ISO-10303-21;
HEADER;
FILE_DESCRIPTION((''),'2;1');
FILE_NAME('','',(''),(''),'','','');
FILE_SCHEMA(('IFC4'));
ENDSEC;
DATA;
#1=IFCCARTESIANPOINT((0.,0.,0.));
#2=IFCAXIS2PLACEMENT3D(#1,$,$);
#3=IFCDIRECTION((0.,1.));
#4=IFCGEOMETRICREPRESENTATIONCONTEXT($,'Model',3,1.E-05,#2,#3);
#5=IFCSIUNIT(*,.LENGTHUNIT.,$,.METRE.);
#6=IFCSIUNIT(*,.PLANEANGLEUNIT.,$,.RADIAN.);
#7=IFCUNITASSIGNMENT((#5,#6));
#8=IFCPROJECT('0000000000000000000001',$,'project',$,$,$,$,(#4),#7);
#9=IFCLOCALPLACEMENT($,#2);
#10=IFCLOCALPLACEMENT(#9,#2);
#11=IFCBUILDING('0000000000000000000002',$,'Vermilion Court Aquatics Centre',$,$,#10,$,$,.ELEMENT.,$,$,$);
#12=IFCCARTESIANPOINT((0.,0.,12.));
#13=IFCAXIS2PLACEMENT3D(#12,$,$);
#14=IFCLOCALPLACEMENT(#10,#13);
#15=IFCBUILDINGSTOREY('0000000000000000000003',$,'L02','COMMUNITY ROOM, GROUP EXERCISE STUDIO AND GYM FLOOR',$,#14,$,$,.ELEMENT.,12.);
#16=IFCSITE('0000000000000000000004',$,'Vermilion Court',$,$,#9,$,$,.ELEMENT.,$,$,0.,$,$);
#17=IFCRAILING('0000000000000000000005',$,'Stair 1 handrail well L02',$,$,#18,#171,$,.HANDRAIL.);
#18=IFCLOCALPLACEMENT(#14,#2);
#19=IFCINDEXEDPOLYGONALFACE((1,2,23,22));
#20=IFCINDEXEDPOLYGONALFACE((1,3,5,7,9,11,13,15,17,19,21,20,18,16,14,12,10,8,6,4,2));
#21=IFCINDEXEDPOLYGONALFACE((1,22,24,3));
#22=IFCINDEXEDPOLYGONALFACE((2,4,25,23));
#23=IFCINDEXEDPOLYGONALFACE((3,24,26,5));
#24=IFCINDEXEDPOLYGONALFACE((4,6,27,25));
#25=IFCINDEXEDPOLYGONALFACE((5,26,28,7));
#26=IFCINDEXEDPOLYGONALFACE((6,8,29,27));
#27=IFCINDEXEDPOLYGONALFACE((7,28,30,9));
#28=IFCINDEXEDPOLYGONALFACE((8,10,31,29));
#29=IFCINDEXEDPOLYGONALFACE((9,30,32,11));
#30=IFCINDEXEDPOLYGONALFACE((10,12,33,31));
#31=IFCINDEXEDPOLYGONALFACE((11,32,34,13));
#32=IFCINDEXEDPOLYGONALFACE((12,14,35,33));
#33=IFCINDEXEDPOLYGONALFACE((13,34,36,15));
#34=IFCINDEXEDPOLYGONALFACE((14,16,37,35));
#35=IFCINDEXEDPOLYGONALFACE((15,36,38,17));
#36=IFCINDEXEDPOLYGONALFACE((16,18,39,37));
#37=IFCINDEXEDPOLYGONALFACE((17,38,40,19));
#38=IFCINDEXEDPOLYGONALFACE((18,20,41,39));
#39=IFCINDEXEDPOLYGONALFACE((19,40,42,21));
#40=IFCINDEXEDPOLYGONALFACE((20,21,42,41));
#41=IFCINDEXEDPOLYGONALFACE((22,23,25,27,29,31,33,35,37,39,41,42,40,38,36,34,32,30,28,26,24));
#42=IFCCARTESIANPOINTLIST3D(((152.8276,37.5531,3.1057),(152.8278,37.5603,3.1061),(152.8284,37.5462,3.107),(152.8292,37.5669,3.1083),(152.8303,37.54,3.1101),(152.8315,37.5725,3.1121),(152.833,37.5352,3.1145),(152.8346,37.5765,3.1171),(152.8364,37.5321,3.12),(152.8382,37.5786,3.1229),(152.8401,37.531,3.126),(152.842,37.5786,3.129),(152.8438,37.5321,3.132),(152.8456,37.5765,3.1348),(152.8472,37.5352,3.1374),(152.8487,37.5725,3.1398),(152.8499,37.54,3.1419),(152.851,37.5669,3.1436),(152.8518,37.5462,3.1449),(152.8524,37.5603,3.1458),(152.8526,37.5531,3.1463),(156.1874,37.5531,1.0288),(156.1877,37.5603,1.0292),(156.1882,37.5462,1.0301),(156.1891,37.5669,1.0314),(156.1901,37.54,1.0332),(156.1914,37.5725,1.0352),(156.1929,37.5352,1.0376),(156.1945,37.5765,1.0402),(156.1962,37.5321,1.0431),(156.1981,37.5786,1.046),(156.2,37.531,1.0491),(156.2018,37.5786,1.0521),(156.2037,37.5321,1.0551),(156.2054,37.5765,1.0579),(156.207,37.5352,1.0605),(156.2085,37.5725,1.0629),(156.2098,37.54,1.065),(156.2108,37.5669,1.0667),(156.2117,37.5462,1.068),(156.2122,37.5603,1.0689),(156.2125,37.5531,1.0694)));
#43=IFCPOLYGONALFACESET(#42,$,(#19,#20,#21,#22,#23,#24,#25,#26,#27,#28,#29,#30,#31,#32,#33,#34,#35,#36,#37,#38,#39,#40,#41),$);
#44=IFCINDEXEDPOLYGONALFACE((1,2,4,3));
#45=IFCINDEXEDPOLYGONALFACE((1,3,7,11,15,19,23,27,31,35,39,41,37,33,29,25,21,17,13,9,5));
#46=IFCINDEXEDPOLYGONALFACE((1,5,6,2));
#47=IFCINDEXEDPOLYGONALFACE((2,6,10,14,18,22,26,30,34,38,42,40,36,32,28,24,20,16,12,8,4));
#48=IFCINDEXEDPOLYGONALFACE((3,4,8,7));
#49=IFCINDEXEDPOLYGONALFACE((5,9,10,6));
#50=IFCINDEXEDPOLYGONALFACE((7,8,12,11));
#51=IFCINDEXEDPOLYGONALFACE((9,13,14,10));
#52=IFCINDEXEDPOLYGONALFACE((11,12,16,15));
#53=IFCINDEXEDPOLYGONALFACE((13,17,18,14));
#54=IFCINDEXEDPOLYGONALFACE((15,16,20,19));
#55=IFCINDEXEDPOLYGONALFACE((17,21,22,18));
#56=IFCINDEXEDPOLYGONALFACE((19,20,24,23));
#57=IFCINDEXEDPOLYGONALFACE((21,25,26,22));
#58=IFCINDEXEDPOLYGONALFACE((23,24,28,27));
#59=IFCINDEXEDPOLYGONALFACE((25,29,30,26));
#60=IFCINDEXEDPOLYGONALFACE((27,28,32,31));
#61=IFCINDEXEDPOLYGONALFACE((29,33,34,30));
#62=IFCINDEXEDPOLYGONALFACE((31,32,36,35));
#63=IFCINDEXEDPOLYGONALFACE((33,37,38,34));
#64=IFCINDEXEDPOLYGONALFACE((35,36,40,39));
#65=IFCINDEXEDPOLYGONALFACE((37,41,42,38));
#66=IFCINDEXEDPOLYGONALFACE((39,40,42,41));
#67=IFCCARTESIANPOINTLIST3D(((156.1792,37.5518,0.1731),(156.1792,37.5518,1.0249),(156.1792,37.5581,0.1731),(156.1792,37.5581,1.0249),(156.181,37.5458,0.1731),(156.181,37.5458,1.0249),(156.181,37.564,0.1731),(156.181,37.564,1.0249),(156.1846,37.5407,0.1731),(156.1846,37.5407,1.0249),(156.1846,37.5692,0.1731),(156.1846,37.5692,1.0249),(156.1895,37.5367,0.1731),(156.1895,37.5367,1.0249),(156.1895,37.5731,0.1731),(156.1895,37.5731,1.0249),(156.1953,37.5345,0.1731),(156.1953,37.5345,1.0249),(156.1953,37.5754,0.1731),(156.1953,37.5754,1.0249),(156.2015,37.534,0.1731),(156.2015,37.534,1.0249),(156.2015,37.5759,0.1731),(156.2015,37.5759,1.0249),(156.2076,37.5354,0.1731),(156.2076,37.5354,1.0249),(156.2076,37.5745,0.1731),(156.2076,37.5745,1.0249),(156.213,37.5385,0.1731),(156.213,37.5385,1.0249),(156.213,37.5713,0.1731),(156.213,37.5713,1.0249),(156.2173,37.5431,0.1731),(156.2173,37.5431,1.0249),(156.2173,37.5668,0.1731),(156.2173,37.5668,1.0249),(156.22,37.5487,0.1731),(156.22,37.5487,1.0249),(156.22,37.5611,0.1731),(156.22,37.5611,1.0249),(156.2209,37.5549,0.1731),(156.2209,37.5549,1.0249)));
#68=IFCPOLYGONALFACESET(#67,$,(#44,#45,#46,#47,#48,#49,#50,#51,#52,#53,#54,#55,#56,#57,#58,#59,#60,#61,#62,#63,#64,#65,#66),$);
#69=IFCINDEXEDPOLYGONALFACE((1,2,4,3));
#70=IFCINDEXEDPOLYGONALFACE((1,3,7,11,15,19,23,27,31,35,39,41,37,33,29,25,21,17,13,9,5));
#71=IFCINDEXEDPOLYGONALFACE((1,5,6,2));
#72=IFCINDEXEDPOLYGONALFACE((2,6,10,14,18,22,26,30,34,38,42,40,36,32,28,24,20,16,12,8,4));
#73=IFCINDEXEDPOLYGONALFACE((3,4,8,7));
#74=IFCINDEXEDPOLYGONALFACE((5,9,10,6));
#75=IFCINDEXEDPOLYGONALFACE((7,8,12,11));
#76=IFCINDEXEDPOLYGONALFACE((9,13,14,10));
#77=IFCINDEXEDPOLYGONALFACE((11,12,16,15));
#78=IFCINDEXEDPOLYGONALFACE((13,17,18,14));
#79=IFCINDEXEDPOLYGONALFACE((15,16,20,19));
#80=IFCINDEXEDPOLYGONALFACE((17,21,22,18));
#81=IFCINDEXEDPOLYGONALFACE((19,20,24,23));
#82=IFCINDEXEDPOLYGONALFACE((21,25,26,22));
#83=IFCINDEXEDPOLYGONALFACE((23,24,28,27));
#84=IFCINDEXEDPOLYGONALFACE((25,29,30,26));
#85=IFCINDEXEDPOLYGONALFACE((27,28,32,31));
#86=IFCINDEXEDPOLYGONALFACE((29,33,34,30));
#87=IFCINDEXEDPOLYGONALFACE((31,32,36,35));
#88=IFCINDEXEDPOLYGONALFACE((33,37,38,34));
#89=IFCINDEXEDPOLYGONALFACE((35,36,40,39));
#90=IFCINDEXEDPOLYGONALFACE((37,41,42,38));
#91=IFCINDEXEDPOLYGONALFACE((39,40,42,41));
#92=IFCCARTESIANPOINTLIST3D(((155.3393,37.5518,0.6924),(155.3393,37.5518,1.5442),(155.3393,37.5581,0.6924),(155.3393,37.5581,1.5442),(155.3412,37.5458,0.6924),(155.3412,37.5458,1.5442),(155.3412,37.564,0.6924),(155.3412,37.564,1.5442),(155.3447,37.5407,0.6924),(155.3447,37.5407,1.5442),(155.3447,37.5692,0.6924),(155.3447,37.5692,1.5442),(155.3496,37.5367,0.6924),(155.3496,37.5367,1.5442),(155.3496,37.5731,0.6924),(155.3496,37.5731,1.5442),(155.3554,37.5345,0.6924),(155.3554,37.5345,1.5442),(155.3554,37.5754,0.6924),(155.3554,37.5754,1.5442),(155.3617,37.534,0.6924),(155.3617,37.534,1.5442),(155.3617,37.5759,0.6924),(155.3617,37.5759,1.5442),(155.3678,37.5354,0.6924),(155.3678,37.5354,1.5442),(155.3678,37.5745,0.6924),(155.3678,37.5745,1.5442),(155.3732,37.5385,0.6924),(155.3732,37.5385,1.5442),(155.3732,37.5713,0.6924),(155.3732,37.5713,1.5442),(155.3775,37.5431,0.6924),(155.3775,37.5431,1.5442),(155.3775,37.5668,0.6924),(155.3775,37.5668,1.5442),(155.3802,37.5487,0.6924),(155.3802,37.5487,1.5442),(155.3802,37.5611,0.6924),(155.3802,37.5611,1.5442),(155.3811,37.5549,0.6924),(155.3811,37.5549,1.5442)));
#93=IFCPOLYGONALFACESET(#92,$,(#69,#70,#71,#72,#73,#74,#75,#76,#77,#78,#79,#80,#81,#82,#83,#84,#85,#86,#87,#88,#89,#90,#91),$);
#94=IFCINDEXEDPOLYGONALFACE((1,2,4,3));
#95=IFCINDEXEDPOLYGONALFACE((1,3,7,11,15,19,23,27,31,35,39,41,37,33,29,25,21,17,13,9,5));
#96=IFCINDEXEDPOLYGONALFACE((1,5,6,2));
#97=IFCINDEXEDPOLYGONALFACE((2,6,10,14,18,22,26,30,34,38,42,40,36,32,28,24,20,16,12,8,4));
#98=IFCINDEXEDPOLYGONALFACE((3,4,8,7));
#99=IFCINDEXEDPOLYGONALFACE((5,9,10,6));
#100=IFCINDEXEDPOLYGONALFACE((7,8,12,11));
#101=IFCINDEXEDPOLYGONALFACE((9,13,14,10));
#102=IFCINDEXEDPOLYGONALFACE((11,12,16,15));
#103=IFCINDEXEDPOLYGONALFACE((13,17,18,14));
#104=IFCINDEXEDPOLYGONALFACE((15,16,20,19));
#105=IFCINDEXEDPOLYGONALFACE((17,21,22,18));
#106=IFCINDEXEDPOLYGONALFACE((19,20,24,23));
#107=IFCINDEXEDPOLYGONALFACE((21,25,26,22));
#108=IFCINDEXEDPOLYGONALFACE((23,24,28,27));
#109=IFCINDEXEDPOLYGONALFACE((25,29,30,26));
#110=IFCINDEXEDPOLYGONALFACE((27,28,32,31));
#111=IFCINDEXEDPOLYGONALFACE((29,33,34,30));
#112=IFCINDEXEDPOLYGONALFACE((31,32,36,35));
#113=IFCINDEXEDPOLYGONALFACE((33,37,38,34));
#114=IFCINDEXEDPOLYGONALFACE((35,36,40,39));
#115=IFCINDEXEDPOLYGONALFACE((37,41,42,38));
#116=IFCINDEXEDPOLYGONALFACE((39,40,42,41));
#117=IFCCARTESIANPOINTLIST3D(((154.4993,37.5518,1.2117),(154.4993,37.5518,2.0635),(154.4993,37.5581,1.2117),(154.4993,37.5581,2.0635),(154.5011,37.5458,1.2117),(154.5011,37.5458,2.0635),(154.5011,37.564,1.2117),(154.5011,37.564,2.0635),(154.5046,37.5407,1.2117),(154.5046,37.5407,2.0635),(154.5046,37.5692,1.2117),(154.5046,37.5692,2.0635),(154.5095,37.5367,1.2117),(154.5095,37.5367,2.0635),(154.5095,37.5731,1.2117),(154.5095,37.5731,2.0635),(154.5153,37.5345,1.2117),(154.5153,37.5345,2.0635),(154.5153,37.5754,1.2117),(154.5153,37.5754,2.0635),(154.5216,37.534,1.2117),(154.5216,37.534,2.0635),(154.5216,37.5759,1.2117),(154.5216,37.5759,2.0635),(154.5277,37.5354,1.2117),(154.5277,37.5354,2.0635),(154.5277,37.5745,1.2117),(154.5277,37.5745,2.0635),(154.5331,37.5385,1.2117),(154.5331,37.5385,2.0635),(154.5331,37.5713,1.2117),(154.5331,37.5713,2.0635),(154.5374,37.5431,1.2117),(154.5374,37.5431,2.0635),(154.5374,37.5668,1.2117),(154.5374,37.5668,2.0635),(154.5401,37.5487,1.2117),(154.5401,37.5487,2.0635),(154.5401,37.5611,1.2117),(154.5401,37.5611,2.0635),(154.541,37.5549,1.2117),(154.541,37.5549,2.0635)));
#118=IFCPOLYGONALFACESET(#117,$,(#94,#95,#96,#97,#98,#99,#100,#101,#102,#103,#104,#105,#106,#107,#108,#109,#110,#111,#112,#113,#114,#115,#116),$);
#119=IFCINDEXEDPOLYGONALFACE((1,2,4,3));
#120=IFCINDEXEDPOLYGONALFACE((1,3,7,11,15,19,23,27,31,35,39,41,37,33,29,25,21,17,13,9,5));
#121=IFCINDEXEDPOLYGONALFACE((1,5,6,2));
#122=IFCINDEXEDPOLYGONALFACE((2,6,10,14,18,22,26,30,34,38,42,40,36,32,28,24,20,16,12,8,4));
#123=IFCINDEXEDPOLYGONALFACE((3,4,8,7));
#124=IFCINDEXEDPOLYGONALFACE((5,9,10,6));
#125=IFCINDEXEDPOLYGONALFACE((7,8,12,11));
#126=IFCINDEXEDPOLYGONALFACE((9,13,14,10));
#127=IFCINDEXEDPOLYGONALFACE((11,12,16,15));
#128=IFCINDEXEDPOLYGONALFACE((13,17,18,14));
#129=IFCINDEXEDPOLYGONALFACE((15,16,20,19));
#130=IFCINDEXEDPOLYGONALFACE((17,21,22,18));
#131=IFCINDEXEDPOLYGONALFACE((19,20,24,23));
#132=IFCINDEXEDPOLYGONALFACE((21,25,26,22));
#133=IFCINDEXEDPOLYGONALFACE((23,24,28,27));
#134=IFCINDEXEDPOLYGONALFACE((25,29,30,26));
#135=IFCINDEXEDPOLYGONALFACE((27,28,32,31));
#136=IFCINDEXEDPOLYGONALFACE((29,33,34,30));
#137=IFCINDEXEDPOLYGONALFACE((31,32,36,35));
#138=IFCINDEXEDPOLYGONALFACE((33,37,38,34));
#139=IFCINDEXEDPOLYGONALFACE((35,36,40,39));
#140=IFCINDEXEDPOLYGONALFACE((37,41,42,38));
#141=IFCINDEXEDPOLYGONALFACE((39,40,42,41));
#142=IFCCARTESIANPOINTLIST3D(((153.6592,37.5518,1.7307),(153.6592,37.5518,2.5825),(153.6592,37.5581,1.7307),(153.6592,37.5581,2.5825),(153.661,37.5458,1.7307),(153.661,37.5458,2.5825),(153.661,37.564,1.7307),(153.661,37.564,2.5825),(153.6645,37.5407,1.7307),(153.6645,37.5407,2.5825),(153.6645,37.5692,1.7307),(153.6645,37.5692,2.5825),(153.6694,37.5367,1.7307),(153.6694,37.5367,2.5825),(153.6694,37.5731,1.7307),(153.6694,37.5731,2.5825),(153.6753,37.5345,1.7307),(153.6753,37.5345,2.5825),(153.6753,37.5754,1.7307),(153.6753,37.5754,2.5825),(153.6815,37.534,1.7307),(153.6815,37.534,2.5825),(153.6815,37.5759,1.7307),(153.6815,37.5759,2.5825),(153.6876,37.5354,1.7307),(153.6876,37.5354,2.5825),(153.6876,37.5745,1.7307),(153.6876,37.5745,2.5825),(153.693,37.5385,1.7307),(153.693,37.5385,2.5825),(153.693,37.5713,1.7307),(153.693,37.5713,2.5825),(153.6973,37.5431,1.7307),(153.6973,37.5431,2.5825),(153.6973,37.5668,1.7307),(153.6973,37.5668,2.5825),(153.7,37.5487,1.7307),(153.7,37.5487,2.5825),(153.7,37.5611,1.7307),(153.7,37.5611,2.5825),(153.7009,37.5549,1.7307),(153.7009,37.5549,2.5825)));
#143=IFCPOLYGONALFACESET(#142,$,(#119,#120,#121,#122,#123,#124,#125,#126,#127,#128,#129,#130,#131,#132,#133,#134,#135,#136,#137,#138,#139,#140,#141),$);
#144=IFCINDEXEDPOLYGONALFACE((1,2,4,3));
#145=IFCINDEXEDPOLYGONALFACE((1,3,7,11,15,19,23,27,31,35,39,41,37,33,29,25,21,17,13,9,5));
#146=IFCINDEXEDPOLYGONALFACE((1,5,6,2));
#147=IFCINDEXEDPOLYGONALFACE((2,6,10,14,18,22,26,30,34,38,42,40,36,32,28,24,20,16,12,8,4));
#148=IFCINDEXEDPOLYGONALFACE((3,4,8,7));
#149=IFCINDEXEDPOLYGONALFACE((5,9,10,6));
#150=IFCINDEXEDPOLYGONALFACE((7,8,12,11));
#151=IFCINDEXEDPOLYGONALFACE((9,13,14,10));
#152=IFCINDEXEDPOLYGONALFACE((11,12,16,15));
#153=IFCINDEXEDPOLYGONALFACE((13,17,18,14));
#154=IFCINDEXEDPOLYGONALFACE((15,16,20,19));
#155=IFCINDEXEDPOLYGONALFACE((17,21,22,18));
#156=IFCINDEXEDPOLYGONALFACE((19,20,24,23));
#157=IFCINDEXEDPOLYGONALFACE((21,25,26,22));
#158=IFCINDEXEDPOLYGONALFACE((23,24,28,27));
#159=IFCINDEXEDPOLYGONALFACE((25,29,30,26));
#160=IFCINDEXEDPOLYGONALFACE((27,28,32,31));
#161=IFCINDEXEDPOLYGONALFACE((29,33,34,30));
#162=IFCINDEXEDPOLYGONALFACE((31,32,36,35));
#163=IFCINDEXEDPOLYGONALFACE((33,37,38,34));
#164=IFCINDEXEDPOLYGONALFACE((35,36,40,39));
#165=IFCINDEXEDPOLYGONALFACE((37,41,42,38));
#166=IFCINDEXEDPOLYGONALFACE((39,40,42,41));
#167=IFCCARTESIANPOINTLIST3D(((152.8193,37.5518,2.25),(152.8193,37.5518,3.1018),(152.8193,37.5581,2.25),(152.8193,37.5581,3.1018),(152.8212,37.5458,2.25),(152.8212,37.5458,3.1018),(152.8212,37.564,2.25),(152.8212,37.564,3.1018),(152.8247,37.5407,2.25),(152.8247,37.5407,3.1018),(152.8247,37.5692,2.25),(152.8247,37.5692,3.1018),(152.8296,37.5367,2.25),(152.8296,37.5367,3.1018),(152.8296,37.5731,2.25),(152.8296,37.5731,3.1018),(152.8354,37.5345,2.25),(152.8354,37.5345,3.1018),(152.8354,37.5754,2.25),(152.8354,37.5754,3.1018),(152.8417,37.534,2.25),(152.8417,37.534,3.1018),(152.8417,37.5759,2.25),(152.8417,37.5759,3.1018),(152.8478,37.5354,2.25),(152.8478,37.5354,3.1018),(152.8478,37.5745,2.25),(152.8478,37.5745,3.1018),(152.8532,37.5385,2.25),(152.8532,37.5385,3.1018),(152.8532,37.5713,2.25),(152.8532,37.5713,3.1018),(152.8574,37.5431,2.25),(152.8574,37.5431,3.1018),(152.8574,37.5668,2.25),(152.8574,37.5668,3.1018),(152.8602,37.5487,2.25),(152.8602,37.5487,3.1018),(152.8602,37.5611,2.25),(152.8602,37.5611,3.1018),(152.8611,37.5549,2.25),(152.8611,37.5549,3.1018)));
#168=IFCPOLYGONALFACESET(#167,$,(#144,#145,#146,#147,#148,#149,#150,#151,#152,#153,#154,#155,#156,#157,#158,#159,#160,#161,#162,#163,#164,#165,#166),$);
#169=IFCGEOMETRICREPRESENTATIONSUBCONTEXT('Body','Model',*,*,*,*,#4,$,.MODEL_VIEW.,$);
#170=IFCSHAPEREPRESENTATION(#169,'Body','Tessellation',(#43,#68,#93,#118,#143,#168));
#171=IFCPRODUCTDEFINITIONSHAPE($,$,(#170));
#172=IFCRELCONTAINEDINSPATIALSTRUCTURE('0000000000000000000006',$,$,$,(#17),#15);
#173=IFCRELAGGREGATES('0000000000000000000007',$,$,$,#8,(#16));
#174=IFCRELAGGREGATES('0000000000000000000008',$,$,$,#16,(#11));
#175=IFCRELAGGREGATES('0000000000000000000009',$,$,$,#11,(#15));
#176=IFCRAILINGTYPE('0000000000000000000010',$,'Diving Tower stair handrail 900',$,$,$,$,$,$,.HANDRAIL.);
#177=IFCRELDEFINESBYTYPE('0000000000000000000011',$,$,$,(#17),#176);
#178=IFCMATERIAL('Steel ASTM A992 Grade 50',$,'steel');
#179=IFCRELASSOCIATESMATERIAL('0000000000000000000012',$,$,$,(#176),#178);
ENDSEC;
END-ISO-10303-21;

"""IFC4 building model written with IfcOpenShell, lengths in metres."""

from ifc_helpers import new_model, si_unit, direction, frame, origin, origin_2d, place, context, subcontext, project, spatial, circle, extrude, material, type_object, element, save


model = new_model("IFC4")

# Units and contexts
model_context = context("Model", 3, precision=1e-05, world=origin(), true_north=direction((0.0, 1.0)))
body_context = subcontext(model_context, "Body", "Model", "MODEL_VIEW")
ifc_project = project(units=[si_unit("LENGTHUNIT", "METRE"), si_unit("PLANEANGLEUNIT", "RADIAN")], contexts=[model_context])

# Site, building, storey
site_placement = place(None, origin())
site = spatial("IfcSite", under=ifc_project, at=site_placement, Name="Vermilion Court", CompositionType="ELEMENT", RefElevation=0.0)
building_placement = place(site_placement, origin())
building = spatial("IfcBuilding", under=site, at=building_placement, Name="Vermilion Court Aquatics Centre", CompositionType="ELEMENT")
storey_placement = place(building_placement, frame((0.0, 0.0, 12.0)))
storey = spatial("IfcBuildingStorey", under=building, at=storey_placement, Name="L02", Description="COMMUNITY ROOM, GROUP EXERCISE STUDIO AND GYM FLOOR", CompositionType="ELEMENT", Elevation=12.0)

# Railing
ifc_material_1 = material(Name="Steel ASTM A992 Grade 50", Category="steel")
railing_type_1 = type_object("IfcRailingType", Name="Diving Tower stair handrail 900", PredefinedType="HANDRAIL", material=ifc_material_1)
for number, where, name in (
    (1, (156.2, 37.5549, 0.1731), "Stair 1 handrail well L02"),
):
    element("IfcRailing", number, at=place(storey_placement, frame(where)), inside=storey, type_object=railing_type_1, Name=name, PredefinedType="HANDRAIL", context=body_context, shape_type="SweptSolid", body=[
        extrude(circle(Radius=0.0239, at=origin_2d()), frame((0.0, 0.0, 0.876), z_axis=(-0.850606, 0.0, 0.525803), x_axis=(0.0, -1.0, 0.0)), (0.0, 0.0, 1.0), 3.95),
        extrude(circle(Radius=0.021, at=origin_2d()), origin(), (0.0, 0.0, 1.0), 0.8518),
        extrude(circle(Radius=0.021, at=origin_2d()), frame((-0.8398, 0.0, 0.5193)), (0.0, 0.0, 1.0), 0.8518),
        extrude(circle(Radius=0.021, at=origin_2d()), frame((-1.6799, 0.0, 1.0386)), (0.0, 0.0, 1.0), 0.8518),
        extrude(circle(Radius=0.021, at=origin_2d()), frame((-2.52, 0.0, 1.5576)), (0.0, 0.0, 1.0), 0.8518),
        extrude(circle(Radius=0.021, at=origin_2d()), frame((-3.3599, 0.0, 2.0769)), (0.0, 0.0, 1.0), 0.8518),
    ])

save(model, "model.ifc")
